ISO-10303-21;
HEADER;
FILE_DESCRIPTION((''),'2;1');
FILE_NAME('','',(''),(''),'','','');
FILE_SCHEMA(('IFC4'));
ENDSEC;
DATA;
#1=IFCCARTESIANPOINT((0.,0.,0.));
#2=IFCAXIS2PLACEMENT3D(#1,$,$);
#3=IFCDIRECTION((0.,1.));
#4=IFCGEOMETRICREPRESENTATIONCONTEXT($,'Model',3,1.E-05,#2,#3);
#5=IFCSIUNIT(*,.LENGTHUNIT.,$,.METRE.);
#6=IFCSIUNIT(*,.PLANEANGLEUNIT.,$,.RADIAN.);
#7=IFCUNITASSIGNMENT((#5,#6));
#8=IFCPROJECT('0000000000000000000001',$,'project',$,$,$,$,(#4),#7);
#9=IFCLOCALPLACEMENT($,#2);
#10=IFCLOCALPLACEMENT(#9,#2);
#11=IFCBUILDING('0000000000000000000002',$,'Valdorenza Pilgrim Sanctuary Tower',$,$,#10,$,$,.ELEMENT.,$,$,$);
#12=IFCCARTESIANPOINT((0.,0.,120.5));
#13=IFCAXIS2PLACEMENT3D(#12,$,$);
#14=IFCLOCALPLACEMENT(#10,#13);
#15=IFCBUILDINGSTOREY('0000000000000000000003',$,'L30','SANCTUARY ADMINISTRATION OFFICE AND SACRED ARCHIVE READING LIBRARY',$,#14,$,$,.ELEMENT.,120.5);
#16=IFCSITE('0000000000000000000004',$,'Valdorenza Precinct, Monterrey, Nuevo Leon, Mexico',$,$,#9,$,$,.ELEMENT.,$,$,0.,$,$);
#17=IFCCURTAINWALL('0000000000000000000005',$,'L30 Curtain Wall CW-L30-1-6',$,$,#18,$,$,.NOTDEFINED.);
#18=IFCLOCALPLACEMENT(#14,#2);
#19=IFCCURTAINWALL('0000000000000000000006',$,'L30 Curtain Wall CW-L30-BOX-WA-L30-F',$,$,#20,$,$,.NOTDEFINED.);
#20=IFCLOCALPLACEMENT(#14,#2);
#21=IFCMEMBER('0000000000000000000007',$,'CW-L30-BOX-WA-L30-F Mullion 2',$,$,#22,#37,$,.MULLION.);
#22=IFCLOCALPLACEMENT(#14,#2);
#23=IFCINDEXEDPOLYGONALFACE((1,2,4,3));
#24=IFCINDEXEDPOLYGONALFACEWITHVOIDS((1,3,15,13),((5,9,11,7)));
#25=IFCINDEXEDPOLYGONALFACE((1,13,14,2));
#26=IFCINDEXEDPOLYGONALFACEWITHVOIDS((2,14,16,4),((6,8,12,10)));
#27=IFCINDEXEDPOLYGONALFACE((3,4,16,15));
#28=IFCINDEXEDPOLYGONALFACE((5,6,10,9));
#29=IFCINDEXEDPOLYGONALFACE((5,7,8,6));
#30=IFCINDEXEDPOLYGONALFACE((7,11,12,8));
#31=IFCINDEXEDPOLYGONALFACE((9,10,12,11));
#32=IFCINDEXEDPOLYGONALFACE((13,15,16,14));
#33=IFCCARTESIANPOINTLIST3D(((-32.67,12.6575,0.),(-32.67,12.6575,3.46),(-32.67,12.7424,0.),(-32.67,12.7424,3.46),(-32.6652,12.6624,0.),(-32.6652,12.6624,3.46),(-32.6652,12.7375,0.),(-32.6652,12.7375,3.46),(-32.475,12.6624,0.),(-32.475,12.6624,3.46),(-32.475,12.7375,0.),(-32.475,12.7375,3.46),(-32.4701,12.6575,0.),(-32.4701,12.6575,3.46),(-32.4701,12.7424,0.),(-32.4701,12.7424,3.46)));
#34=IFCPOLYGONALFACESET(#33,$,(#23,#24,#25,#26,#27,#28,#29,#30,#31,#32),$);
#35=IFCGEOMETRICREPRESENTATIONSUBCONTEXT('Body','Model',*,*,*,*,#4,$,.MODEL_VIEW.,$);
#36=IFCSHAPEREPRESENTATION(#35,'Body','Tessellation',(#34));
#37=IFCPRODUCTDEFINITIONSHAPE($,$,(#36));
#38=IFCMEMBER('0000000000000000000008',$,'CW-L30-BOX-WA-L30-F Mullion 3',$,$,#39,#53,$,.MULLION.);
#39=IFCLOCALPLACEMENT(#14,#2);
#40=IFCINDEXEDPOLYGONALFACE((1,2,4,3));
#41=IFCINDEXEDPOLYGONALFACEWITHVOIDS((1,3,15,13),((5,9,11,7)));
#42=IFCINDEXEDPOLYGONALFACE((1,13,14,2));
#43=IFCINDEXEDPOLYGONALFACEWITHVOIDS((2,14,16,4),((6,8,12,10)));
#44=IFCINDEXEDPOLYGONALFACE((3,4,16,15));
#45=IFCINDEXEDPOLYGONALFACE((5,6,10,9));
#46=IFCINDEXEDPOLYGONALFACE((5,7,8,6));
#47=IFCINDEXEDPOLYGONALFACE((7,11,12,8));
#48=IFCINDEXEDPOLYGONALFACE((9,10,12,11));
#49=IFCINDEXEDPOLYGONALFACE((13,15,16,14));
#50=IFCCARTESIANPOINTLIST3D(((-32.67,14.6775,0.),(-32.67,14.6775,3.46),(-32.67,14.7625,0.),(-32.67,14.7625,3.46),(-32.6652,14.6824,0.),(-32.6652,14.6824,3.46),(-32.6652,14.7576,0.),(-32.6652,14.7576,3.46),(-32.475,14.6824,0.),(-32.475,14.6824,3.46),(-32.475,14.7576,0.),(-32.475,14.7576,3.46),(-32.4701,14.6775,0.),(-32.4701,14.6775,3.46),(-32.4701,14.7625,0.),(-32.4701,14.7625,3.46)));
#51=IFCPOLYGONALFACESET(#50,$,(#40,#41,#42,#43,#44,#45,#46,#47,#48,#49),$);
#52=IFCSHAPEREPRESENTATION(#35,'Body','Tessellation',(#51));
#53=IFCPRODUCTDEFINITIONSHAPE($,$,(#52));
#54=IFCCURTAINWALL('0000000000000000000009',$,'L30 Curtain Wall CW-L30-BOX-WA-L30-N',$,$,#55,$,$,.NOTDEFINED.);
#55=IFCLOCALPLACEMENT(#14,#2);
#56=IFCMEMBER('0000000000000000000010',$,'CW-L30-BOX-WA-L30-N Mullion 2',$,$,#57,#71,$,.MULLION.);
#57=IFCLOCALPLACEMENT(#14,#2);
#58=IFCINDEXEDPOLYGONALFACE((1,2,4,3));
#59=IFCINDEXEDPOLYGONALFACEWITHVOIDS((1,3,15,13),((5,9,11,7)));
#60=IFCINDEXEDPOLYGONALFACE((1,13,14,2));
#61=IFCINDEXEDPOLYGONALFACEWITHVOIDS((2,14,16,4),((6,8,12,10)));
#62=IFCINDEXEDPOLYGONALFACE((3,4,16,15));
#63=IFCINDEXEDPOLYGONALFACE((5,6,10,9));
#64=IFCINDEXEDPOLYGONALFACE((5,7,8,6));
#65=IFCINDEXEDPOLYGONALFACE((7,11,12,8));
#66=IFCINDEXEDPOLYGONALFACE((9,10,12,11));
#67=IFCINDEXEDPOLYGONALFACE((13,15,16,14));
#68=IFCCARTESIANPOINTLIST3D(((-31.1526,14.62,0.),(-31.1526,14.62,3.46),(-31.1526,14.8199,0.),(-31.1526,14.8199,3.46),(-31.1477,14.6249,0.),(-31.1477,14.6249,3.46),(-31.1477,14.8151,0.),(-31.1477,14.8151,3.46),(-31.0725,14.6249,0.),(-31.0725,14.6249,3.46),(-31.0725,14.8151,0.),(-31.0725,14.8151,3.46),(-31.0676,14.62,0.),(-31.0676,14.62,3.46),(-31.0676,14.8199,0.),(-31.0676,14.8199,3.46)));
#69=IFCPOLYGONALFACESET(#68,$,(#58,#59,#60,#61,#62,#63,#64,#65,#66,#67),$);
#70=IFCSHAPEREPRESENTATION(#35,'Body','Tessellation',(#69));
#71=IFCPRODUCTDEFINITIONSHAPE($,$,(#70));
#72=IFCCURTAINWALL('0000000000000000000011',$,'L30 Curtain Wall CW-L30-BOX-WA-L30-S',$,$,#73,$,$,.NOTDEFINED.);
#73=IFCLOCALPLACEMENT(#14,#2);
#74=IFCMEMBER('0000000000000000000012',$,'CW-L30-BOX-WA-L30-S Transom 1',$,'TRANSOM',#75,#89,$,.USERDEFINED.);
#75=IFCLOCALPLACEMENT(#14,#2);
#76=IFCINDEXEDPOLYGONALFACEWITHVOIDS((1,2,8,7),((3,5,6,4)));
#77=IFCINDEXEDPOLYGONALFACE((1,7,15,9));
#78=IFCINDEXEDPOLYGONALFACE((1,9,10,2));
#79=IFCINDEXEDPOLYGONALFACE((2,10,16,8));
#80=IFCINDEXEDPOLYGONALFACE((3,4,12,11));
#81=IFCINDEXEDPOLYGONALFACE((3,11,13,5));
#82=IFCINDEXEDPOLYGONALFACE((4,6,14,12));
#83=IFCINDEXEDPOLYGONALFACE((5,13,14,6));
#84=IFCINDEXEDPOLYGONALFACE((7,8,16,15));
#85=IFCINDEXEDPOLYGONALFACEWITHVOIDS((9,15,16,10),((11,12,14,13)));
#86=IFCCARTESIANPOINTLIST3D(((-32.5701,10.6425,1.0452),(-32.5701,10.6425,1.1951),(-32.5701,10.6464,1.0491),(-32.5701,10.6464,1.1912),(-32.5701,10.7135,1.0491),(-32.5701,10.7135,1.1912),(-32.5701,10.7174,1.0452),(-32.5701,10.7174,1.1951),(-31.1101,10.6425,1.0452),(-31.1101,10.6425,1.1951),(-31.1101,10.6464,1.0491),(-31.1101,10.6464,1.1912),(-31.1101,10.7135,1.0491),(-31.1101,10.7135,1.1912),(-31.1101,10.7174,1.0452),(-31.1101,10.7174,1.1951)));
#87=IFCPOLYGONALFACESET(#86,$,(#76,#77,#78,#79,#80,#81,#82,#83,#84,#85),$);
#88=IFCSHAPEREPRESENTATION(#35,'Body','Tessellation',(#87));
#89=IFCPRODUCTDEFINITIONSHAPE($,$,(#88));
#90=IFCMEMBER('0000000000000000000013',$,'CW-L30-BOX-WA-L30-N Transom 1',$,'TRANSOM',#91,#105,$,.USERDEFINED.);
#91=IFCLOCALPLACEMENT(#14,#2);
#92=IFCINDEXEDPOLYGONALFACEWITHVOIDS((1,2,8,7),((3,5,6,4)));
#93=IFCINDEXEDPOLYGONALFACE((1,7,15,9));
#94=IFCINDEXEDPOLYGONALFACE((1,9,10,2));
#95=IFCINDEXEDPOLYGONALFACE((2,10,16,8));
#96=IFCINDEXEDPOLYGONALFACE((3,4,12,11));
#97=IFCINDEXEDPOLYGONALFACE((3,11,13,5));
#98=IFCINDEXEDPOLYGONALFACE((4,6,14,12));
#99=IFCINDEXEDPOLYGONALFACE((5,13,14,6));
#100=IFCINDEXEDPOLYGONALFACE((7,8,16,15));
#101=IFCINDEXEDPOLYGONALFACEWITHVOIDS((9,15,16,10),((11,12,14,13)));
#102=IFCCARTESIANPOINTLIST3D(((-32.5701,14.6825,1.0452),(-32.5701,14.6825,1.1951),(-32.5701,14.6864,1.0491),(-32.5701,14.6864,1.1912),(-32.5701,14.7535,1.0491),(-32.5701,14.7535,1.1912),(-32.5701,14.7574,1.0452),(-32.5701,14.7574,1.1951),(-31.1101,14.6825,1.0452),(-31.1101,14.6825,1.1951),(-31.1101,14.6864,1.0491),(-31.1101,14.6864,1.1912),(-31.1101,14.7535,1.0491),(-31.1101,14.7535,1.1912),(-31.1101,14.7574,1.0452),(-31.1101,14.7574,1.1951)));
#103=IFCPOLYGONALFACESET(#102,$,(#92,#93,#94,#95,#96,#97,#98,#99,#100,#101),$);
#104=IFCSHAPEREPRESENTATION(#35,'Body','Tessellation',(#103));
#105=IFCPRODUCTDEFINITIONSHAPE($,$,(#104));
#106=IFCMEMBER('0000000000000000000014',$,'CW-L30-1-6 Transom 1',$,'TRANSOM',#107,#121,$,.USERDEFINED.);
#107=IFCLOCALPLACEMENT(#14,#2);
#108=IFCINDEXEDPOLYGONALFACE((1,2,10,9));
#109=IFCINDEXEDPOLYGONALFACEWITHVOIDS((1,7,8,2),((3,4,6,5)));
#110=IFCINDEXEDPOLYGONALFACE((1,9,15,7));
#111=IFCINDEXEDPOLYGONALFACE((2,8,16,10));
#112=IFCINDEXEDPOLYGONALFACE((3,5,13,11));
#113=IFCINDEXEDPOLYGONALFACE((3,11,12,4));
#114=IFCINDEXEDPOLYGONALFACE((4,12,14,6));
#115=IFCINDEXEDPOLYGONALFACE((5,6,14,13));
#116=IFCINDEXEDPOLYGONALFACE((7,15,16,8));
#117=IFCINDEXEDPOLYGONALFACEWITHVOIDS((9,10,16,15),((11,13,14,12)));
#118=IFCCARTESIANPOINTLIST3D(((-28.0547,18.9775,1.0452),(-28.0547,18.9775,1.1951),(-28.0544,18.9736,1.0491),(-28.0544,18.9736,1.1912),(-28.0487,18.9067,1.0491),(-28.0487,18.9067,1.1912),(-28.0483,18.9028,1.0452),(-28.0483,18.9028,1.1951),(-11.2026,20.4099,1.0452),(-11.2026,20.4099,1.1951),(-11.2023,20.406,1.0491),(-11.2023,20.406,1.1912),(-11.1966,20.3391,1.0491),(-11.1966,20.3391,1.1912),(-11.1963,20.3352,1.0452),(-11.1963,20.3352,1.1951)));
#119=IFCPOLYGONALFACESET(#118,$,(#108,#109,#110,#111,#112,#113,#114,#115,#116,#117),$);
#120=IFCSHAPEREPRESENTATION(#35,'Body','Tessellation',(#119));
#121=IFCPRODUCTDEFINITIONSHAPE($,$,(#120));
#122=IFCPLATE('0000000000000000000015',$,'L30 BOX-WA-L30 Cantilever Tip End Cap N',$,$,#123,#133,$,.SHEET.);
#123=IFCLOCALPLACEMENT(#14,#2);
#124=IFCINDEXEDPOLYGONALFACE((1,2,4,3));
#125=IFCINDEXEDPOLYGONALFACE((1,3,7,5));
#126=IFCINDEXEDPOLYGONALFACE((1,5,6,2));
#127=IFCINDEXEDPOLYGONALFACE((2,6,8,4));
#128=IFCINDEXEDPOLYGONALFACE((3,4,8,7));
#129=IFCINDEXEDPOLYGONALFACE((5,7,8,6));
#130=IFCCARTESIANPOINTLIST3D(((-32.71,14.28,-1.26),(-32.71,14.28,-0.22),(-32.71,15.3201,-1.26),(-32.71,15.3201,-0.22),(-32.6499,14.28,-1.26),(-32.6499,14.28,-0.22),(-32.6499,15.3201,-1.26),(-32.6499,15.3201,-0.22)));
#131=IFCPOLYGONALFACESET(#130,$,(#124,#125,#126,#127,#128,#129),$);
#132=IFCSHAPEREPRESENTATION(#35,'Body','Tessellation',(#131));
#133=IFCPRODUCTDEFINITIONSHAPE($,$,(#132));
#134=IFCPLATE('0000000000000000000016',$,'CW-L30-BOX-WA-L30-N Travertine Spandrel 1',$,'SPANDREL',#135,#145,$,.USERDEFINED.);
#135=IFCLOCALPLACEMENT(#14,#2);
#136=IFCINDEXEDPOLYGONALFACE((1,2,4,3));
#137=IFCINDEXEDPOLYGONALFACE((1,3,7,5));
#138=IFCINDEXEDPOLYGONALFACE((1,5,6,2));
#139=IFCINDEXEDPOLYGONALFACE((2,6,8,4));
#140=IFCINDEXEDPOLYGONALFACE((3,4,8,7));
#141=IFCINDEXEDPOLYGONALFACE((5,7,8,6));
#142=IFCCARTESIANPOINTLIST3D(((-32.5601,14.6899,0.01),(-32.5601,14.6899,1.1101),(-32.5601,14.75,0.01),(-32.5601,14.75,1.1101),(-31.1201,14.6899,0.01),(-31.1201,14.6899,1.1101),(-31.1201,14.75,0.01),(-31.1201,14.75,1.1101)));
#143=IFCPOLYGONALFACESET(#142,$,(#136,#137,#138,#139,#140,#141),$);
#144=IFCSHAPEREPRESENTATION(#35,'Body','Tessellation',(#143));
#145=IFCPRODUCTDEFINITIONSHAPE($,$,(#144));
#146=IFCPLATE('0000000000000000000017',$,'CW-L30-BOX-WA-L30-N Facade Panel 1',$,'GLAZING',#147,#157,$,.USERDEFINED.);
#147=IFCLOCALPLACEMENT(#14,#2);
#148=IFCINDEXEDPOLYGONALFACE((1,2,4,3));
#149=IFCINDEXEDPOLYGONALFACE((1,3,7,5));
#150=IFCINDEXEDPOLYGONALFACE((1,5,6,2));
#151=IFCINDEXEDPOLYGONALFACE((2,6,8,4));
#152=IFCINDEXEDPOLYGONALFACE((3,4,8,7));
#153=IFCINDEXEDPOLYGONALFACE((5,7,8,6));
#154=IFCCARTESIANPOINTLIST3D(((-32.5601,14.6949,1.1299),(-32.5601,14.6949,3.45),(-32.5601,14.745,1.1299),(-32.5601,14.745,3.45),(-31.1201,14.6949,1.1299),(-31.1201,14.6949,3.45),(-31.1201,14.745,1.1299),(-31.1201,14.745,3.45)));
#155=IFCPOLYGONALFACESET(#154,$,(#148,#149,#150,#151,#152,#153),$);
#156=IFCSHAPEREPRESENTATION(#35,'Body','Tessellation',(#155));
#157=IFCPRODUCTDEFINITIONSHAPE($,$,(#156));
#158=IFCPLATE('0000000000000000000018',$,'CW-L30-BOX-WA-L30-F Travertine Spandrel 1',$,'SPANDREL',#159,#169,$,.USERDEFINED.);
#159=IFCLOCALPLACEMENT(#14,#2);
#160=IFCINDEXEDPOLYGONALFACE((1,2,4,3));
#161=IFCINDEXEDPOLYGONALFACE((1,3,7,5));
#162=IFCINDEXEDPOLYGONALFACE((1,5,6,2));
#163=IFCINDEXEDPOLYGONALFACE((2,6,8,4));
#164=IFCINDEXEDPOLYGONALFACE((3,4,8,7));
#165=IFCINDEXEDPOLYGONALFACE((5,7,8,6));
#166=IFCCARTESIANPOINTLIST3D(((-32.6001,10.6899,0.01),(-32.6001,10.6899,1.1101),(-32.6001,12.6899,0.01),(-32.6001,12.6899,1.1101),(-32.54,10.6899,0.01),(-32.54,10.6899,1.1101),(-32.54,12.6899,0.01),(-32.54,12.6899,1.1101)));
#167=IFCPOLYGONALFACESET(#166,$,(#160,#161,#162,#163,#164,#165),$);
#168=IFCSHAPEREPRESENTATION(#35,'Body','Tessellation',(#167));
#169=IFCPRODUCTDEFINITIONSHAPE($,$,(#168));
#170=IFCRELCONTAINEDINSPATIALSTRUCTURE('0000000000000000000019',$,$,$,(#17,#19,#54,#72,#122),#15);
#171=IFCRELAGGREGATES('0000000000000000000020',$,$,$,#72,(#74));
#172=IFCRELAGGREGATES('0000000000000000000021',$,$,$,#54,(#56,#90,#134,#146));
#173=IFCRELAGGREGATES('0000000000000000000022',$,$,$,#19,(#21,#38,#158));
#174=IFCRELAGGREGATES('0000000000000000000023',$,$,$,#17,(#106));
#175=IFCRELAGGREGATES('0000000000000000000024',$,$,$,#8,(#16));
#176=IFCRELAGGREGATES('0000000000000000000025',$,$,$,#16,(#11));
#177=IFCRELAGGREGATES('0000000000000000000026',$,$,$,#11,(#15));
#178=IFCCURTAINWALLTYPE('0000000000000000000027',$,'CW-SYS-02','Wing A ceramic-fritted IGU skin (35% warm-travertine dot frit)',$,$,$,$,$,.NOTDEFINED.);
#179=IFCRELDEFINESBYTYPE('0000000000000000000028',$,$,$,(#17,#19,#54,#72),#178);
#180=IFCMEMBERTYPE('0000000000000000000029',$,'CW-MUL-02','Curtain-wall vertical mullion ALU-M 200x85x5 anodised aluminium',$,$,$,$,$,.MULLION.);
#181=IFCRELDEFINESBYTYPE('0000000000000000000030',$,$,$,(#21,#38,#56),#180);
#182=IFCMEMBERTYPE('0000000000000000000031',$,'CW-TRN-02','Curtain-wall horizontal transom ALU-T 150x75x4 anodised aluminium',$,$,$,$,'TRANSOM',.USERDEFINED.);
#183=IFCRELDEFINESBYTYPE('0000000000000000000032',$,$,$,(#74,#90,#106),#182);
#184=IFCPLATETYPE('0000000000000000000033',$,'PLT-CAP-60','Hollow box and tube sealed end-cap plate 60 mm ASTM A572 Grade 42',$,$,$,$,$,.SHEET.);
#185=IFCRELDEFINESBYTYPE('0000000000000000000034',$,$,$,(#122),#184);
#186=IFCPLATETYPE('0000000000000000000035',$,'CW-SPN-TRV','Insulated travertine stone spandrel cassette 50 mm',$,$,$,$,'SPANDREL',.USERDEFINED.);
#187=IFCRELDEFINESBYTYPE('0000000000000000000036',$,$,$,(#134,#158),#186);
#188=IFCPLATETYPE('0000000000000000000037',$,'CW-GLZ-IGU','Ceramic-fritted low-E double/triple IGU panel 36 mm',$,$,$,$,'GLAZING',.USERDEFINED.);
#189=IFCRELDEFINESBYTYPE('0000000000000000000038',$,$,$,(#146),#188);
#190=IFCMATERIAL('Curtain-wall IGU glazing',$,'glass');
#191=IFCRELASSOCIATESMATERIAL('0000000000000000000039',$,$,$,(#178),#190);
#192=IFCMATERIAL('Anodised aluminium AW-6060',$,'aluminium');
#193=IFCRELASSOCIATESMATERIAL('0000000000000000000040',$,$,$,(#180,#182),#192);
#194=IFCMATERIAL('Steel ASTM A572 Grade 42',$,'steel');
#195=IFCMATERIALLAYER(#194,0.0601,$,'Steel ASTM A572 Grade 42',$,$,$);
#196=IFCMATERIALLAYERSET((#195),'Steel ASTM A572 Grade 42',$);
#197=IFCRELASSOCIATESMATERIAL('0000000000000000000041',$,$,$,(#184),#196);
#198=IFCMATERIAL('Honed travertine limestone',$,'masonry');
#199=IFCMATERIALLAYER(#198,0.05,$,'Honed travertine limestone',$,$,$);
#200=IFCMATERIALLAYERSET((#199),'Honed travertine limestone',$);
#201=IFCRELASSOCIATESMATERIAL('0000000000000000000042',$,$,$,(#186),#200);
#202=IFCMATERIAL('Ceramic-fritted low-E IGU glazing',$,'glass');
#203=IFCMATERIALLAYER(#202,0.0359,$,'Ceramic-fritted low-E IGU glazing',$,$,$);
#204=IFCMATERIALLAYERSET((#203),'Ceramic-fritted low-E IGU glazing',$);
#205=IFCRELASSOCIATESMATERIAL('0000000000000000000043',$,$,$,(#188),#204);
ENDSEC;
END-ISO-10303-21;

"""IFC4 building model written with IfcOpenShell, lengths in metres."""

from ifc_helpers import new_model, si_unit, direction, frame, origin, origin_2d, place, context, subcontext, project, spatial, rectangle, hollow_rectangle, extrude, source, transform, mapped, material, layer, layer_set, material_profile, profile_set, type_object, element, aggregate, save


model = new_model("IFC4")

# Units and contexts
model_context = context("Model", 3, precision=1e-05, world=origin(), true_north=direction((0.0, 1.0)))
body_context = subcontext(model_context, "Body", "Model", "MODEL_VIEW")
ifc_project = project(units=[si_unit("LENGTHUNIT", "METRE"), si_unit("PLANEANGLEUNIT", "RADIAN")], contexts=[model_context])

# Site, building, storey
site_placement = place(None, origin())
site = spatial("IfcSite", under=ifc_project, at=site_placement, Name="Valdorenza Precinct, Monterrey, Nuevo Leon, Mexico", CompositionType="ELEMENT", RefElevation=0.0)
building_placement = place(site_placement, origin())
building = spatial("IfcBuilding", under=site, at=building_placement, Name="Valdorenza Pilgrim Sanctuary Tower", CompositionType="ELEMENT")
storey_placement = place(building_placement, frame((0.0, 0.0, 120.5)))
storey = spatial("IfcBuildingStorey", under=building, at=storey_placement, Name="L30", Description="SANCTUARY ADMINISTRATION OFFICE AND SACRED ARCHIVE READING LIBRARY", CompositionType="ELEMENT", Elevation=120.5)

# Shared definitions
ifc_material_1 = material(Name="Steel ASTM A572 Grade 42", Category="steel")

# Curtain wall
ifc_material_2 = material(Name="Curtain-wall IGU glazing", Category="glass")
curtain_wall_type = type_object("IfcCurtainWallType", Name="CW-SYS-02", Description="Wing A ceramic-fritted IGU skin (35% warm-travertine dot frit)", PredefinedType="NOTDEFINED", material=ifc_material_2)
curtain_wall_1_placement = place(storey_placement, origin())
curtain_wall_1 = element("IfcCurtainWall", 1, at=curtain_wall_1_placement, inside=storey, type_object=curtain_wall_type, Name="L30 Curtain Wall CW-L30-1-6", PredefinedType="NOTDEFINED")
ifc_material_3 = material(Name="Anodised aluminium AW-6060", Category="aluminium")
ifc_material_profile_1 = material_profile(ifc_material_3, hollow_rectangle(XDim=0.085, YDim=0.2, WallThickness=0.0049, at=origin_2d()), Name="ALU-M 200x85x5")
ifc_profile_set_1 = profile_set([ifc_material_profile_1], Name="Anodised aluminium AW-6060")
member_type_1 = type_object("IfcMemberType", Name="CW-MUL-02", Description="Curtain-wall vertical mullion ALU-M 200x85x5 anodised aluminium", PredefinedType="MULLION", material=ifc_profile_set_1)
shared_shape_1 = source(origin(), body_context, "Body", "SweptSolid", [
    extrude(hollow_rectangle(XDim=0.085, YDim=0.2, WallThickness=0.0049, at=origin_2d()), origin(), (0.0, 0.0, 1.0), 3.46),
])

# Curtain wall, members
curtain_wall_2_placement = place(storey_placement, origin())
curtain_wall_2 = element("IfcCurtainWall", 2, at=curtain_wall_2_placement, inside=storey, type_object=curtain_wall_type, Name="L30 Curtain Wall CW-L30-BOX-WA-L30-F", PredefinedType="NOTDEFINED")
member_1_placement = place(storey_placement, frame((-32.5701, 12.7, 0.0), z_axis=(0.0, 0.0, 1.0), x_axis=(0.0, 1.0, 0.0)))
member_1 = element("IfcMember", 3, at=member_1_placement, type_object=member_type_1, Name="CW-L30-BOX-WA-L30-F Mullion 2", PredefinedType="MULLION", context=body_context, shape_type="MappedRepresentation", body=[
    mapped(shared_shape_1, transform((0.0, 0.0, 0.0), x_axis=(1.0, 0.0, 0.0), y_axis=(0.0, 1.0, 0.0), z_axis=(0.0, 0.0, 1.0), scale=1.0)),
])
member_2_placement = place(storey_placement, frame((-32.5701, 14.72, 0.0), z_axis=(0.0, 0.0, 1.0), x_axis=(0.0, 1.0, 0.0)))
member_2 = element("IfcMember", 4, at=member_2_placement, type_object=member_type_1, Name="CW-L30-BOX-WA-L30-F Mullion 3", PredefinedType="MULLION", context=body_context, shape_type="MappedRepresentation", body=[
    mapped(shared_shape_1, transform((0.0, 0.0, 0.0), x_axis=(1.0, 0.0, 0.0), y_axis=(0.0, 1.0, 0.0), z_axis=(0.0, 0.0, 1.0), scale=1.0)),
])

# Curtain walls, members
curtain_wall_3_placement = place(storey_placement, origin())
curtain_wall_3 = element("IfcCurtainWall", 5, at=curtain_wall_3_placement, inside=storey, type_object=curtain_wall_type, Name="L30 Curtain Wall CW-L30-BOX-WA-L30-N", PredefinedType="NOTDEFINED")
member_3_placement = place(storey_placement, frame((-31.1101, 14.72, 0.0), z_axis=(0.0, 0.0, 1.0), x_axis=(1.0, 0.0, 0.0)))
member_3 = element("IfcMember", 6, at=member_3_placement, type_object=member_type_1, Name="CW-L30-BOX-WA-L30-N Mullion 2", PredefinedType="MULLION", context=body_context, shape_type="MappedRepresentation", body=[
    mapped(shared_shape_1, transform((0.0, 0.0, 0.0), x_axis=(1.0, 0.0, 0.0), y_axis=(0.0, 1.0, 0.0), z_axis=(0.0, 0.0, 1.0), scale=1.0)),
])
curtain_wall_4_placement = place(storey_placement, origin())
curtain_wall_4 = element("IfcCurtainWall", 7, at=curtain_wall_4_placement, inside=storey, type_object=curtain_wall_type, Name="L30 Curtain Wall CW-L30-BOX-WA-L30-S", PredefinedType="NOTDEFINED")
ifc_material_profile_2 = material_profile(ifc_material_3, hollow_rectangle(XDim=0.075, YDim=0.1499, WallThickness=0.0039, at=origin_2d()), Name="ALU-T 150x75x4")
ifc_profile_set_2 = profile_set([ifc_material_profile_2], Name="Anodised aluminium AW-6060")
member_type_2 = type_object("IfcMemberType", Name="CW-TRN-02", Description="Curtain-wall horizontal transom ALU-T 150x75x4 anodised aluminium", ElementType="TRANSOM", PredefinedType="USERDEFINED", material=ifc_profile_set_2)
shared_shape_2 = source(origin(), body_context, "Body", "SweptSolid", [
    extrude(hollow_rectangle(XDim=0.075, YDim=0.1499, WallThickness=0.0039, at=origin_2d()), origin(), (0.0, 0.0, 1.0), 1.46),
])
member_4_placement = place(storey_placement, frame((-31.1101, 10.6799, 1.1201), z_axis=(-1.0, 0.0, 0.0), x_axis=(0.0, -1.0, 0.0)))
member_4 = element("IfcMember", 8, at=member_4_placement, type_object=member_type_2, Name="CW-L30-BOX-WA-L30-S Transom 1", ObjectType="TRANSOM", PredefinedType="USERDEFINED", context=body_context, shape_type="MappedRepresentation", body=[
    mapped(shared_shape_2, transform((0.0, 0.0, 0.0), x_axis=(1.0, 0.0, 0.0), y_axis=(0.0, 1.0, 0.0), z_axis=(0.0, 0.0, 1.0), scale=1.0)),
])
aggregate(curtain_wall_4, [member_4])

# Members
member_5_placement = place(storey_placement, frame((-32.5701, 14.72, 1.1201), z_axis=(1.0, 0.0, 0.0), x_axis=(0.0, 1.0, 0.0)))
member_5 = element("IfcMember", 9, at=member_5_placement, type_object=member_type_2, Name="CW-L30-BOX-WA-L30-N Transom 1", ObjectType="TRANSOM", PredefinedType="USERDEFINED", context=body_context, shape_type="MappedRepresentation", body=[
    mapped(shared_shape_2, transform((0.0, 0.0, 0.0), x_axis=(1.0, 0.0, 0.0), y_axis=(0.0, 1.0, 0.0), z_axis=(0.0, 0.0, 1.0), scale=1.0)),
])
shared_shape_3 = source(origin(), body_context, "Body", "SweptSolid", [
    extrude(hollow_rectangle(XDim=0.075, YDim=0.1499, WallThickness=0.0039, at=origin_2d()), origin(), (0.0, 0.0, 1.0), 16.9128),
])
member_6_placement = place(storey_placement, frame((-28.0515, 18.9402, 1.1201), z_axis=(0.996407, 0.084692, 0.0), x_axis=(-0.084692, 0.996407, 0.0)))
member_6 = element("IfcMember", 10, at=member_6_placement, type_object=member_type_2, Name="CW-L30-1-6 Transom 1", ObjectType="TRANSOM", PredefinedType="USERDEFINED", context=body_context, shape_type="MappedRepresentation", body=[
    mapped(shared_shape_3, transform((0.0, 0.0, 0.0), x_axis=(1.0, 0.0, 0.0), y_axis=(0.0, 1.0, 0.0), z_axis=(0.0, 0.0, 1.0), scale=1.0)),
])

# Plates
ifc_layer_1 = layer(ifc_material_1, 0.0601, Name="Steel ASTM A572 Grade 42")
ifc_layer_set_1 = layer_set([ifc_layer_1], Name="Steel ASTM A572 Grade 42")
plate_type_1 = type_object("IfcPlateType", Name="PLT-CAP-60", Description="Hollow box and tube sealed end-cap plate 60 mm ASTM A572 Grade 42", PredefinedType="SHEET", material=ifc_layer_set_1)
shared_shape_4 = source(origin(), body_context, "Body", "SweptSolid", [
    extrude(rectangle(XDim=0.0601, YDim=1.04, at=origin_2d()), origin(), (0.0, 0.0, 1.0), 1.04),
])
plate_1_placement = place(storey_placement, frame((-32.6799, 14.8, -1.26), z_axis=(0.0, 0.0, 1.0), x_axis=(1.0, 0.0, 0.0)))
element("IfcPlate", 11, at=plate_1_placement, inside=storey, type_object=plate_type_1, Name="L30 BOX-WA-L30 Cantilever Tip End Cap N", PredefinedType="SHEET", context=body_context, shape_type="MappedRepresentation", body=[
    mapped(shared_shape_4, transform((0.0, 0.0, 0.0), x_axis=(1.0, 0.0, 0.0), y_axis=(0.0, 1.0, 0.0), z_axis=(0.0, 0.0, 1.0), scale=1.0)),
])
ifc_material_4 = material(Name="Honed travertine limestone", Category="masonry")
ifc_layer_2 = layer(ifc_material_4, 0.05, Name="Honed travertine limestone")
ifc_layer_set_2 = layer_set([ifc_layer_2], Name="Honed travertine limestone")
plate_type_2 = type_object("IfcPlateType", Name="CW-SPN-TRV", Description="Insulated travertine stone spandrel cassette 50 mm", ElementType="SPANDREL", PredefinedType="USERDEFINED", material=ifc_layer_set_2)
shared_shape_5 = source(origin(), body_context, "Body", "SweptSolid", [
    extrude(rectangle(XDim=1.4399, YDim=0.0601, at=origin_2d()), origin(), (0.0, 0.0, 1.0), 1.1001),
])
plate_2_placement = place(storey_placement, frame((-31.8401, 14.72, 0.01), z_axis=(0.0, 0.0, 1.0), x_axis=(1.0, 0.0, 0.0)))
plate_2 = element("IfcPlate", 12, at=plate_2_placement, type_object=plate_type_2, Name="CW-L30-BOX-WA-L30-N Travertine Spandrel 1", ObjectType="SPANDREL", PredefinedType="USERDEFINED", context=body_context, shape_type="MappedRepresentation", body=[
    mapped(shared_shape_5, transform((0.0, 0.0, 0.0), x_axis=(1.0, 0.0, 0.0), y_axis=(0.0, 1.0, 0.0), z_axis=(0.0, 0.0, 1.0), scale=1.0)),
])
ifc_material_5 = material(Name="Ceramic-fritted low-E IGU glazing", Category="glass")
ifc_layer_3 = layer(ifc_material_5, 0.0359, Name="Ceramic-fritted low-E IGU glazing")
ifc_layer_set_3 = layer_set([ifc_layer_3], Name="Ceramic-fritted low-E IGU glazing")
plate_type_3 = type_object("IfcPlateType", Name="CW-GLZ-IGU", Description="Ceramic-fritted low-E double/triple IGU panel 36 mm", ElementType="GLAZING", PredefinedType="USERDEFINED", material=ifc_layer_set_3)
shared_shape_6 = source(origin(), body_context, "Body", "SweptSolid", [
    extrude(rectangle(XDim=1.4399, YDim=0.05, at=origin_2d()), origin(), (0.0, 0.0, 1.0), 2.3201),
])
plate_3_placement = place(storey_placement, frame((-31.8401, 14.72, 1.1299), z_axis=(0.0, 0.0, 1.0), x_axis=(1.0, 0.0, 0.0)))
plate_3 = element("IfcPlate", 13, at=plate_3_placement, type_object=plate_type_3, Name="CW-L30-BOX-WA-L30-N Facade Panel 1", ObjectType="GLAZING", PredefinedType="USERDEFINED", context=body_context, shape_type="MappedRepresentation", body=[
    mapped(shared_shape_6, transform((0.0, 0.0, 0.0), x_axis=(1.0, 0.0, 0.0), y_axis=(0.0, 1.0, 0.0), z_axis=(0.0, 0.0, 1.0), scale=1.0)),
])
aggregate(curtain_wall_3, [member_3, member_5, plate_2, plate_3])
shared_shape_7 = source(origin(), body_context, "Body", "SweptSolid", [
    extrude(rectangle(XDim=2.0, YDim=0.0601, at=origin_2d()), origin(), (0.0, 0.0, 1.0), 1.1001),
])
plate_4_placement = place(storey_placement, frame((-32.5701, 11.6899, 0.01), z_axis=(0.0, 0.0, 1.0), x_axis=(0.0, 1.0, 0.0)))
plate_4 = element("IfcPlate", 14, at=plate_4_placement, type_object=plate_type_2, Name="CW-L30-BOX-WA-L30-F Travertine Spandrel 1", ObjectType="SPANDREL", PredefinedType="USERDEFINED", context=body_context, shape_type="MappedRepresentation", body=[
    mapped(shared_shape_7, transform((0.0, 0.0, 0.0), x_axis=(1.0, 0.0, 0.0), y_axis=(0.0, 1.0, 0.0), z_axis=(0.0, 0.0, 1.0), scale=1.0)),
])
aggregate(curtain_wall_2, [member_1, member_2, plate_4])
aggregate(curtain_wall_1, [member_6])

save(model, "model.ifc")
